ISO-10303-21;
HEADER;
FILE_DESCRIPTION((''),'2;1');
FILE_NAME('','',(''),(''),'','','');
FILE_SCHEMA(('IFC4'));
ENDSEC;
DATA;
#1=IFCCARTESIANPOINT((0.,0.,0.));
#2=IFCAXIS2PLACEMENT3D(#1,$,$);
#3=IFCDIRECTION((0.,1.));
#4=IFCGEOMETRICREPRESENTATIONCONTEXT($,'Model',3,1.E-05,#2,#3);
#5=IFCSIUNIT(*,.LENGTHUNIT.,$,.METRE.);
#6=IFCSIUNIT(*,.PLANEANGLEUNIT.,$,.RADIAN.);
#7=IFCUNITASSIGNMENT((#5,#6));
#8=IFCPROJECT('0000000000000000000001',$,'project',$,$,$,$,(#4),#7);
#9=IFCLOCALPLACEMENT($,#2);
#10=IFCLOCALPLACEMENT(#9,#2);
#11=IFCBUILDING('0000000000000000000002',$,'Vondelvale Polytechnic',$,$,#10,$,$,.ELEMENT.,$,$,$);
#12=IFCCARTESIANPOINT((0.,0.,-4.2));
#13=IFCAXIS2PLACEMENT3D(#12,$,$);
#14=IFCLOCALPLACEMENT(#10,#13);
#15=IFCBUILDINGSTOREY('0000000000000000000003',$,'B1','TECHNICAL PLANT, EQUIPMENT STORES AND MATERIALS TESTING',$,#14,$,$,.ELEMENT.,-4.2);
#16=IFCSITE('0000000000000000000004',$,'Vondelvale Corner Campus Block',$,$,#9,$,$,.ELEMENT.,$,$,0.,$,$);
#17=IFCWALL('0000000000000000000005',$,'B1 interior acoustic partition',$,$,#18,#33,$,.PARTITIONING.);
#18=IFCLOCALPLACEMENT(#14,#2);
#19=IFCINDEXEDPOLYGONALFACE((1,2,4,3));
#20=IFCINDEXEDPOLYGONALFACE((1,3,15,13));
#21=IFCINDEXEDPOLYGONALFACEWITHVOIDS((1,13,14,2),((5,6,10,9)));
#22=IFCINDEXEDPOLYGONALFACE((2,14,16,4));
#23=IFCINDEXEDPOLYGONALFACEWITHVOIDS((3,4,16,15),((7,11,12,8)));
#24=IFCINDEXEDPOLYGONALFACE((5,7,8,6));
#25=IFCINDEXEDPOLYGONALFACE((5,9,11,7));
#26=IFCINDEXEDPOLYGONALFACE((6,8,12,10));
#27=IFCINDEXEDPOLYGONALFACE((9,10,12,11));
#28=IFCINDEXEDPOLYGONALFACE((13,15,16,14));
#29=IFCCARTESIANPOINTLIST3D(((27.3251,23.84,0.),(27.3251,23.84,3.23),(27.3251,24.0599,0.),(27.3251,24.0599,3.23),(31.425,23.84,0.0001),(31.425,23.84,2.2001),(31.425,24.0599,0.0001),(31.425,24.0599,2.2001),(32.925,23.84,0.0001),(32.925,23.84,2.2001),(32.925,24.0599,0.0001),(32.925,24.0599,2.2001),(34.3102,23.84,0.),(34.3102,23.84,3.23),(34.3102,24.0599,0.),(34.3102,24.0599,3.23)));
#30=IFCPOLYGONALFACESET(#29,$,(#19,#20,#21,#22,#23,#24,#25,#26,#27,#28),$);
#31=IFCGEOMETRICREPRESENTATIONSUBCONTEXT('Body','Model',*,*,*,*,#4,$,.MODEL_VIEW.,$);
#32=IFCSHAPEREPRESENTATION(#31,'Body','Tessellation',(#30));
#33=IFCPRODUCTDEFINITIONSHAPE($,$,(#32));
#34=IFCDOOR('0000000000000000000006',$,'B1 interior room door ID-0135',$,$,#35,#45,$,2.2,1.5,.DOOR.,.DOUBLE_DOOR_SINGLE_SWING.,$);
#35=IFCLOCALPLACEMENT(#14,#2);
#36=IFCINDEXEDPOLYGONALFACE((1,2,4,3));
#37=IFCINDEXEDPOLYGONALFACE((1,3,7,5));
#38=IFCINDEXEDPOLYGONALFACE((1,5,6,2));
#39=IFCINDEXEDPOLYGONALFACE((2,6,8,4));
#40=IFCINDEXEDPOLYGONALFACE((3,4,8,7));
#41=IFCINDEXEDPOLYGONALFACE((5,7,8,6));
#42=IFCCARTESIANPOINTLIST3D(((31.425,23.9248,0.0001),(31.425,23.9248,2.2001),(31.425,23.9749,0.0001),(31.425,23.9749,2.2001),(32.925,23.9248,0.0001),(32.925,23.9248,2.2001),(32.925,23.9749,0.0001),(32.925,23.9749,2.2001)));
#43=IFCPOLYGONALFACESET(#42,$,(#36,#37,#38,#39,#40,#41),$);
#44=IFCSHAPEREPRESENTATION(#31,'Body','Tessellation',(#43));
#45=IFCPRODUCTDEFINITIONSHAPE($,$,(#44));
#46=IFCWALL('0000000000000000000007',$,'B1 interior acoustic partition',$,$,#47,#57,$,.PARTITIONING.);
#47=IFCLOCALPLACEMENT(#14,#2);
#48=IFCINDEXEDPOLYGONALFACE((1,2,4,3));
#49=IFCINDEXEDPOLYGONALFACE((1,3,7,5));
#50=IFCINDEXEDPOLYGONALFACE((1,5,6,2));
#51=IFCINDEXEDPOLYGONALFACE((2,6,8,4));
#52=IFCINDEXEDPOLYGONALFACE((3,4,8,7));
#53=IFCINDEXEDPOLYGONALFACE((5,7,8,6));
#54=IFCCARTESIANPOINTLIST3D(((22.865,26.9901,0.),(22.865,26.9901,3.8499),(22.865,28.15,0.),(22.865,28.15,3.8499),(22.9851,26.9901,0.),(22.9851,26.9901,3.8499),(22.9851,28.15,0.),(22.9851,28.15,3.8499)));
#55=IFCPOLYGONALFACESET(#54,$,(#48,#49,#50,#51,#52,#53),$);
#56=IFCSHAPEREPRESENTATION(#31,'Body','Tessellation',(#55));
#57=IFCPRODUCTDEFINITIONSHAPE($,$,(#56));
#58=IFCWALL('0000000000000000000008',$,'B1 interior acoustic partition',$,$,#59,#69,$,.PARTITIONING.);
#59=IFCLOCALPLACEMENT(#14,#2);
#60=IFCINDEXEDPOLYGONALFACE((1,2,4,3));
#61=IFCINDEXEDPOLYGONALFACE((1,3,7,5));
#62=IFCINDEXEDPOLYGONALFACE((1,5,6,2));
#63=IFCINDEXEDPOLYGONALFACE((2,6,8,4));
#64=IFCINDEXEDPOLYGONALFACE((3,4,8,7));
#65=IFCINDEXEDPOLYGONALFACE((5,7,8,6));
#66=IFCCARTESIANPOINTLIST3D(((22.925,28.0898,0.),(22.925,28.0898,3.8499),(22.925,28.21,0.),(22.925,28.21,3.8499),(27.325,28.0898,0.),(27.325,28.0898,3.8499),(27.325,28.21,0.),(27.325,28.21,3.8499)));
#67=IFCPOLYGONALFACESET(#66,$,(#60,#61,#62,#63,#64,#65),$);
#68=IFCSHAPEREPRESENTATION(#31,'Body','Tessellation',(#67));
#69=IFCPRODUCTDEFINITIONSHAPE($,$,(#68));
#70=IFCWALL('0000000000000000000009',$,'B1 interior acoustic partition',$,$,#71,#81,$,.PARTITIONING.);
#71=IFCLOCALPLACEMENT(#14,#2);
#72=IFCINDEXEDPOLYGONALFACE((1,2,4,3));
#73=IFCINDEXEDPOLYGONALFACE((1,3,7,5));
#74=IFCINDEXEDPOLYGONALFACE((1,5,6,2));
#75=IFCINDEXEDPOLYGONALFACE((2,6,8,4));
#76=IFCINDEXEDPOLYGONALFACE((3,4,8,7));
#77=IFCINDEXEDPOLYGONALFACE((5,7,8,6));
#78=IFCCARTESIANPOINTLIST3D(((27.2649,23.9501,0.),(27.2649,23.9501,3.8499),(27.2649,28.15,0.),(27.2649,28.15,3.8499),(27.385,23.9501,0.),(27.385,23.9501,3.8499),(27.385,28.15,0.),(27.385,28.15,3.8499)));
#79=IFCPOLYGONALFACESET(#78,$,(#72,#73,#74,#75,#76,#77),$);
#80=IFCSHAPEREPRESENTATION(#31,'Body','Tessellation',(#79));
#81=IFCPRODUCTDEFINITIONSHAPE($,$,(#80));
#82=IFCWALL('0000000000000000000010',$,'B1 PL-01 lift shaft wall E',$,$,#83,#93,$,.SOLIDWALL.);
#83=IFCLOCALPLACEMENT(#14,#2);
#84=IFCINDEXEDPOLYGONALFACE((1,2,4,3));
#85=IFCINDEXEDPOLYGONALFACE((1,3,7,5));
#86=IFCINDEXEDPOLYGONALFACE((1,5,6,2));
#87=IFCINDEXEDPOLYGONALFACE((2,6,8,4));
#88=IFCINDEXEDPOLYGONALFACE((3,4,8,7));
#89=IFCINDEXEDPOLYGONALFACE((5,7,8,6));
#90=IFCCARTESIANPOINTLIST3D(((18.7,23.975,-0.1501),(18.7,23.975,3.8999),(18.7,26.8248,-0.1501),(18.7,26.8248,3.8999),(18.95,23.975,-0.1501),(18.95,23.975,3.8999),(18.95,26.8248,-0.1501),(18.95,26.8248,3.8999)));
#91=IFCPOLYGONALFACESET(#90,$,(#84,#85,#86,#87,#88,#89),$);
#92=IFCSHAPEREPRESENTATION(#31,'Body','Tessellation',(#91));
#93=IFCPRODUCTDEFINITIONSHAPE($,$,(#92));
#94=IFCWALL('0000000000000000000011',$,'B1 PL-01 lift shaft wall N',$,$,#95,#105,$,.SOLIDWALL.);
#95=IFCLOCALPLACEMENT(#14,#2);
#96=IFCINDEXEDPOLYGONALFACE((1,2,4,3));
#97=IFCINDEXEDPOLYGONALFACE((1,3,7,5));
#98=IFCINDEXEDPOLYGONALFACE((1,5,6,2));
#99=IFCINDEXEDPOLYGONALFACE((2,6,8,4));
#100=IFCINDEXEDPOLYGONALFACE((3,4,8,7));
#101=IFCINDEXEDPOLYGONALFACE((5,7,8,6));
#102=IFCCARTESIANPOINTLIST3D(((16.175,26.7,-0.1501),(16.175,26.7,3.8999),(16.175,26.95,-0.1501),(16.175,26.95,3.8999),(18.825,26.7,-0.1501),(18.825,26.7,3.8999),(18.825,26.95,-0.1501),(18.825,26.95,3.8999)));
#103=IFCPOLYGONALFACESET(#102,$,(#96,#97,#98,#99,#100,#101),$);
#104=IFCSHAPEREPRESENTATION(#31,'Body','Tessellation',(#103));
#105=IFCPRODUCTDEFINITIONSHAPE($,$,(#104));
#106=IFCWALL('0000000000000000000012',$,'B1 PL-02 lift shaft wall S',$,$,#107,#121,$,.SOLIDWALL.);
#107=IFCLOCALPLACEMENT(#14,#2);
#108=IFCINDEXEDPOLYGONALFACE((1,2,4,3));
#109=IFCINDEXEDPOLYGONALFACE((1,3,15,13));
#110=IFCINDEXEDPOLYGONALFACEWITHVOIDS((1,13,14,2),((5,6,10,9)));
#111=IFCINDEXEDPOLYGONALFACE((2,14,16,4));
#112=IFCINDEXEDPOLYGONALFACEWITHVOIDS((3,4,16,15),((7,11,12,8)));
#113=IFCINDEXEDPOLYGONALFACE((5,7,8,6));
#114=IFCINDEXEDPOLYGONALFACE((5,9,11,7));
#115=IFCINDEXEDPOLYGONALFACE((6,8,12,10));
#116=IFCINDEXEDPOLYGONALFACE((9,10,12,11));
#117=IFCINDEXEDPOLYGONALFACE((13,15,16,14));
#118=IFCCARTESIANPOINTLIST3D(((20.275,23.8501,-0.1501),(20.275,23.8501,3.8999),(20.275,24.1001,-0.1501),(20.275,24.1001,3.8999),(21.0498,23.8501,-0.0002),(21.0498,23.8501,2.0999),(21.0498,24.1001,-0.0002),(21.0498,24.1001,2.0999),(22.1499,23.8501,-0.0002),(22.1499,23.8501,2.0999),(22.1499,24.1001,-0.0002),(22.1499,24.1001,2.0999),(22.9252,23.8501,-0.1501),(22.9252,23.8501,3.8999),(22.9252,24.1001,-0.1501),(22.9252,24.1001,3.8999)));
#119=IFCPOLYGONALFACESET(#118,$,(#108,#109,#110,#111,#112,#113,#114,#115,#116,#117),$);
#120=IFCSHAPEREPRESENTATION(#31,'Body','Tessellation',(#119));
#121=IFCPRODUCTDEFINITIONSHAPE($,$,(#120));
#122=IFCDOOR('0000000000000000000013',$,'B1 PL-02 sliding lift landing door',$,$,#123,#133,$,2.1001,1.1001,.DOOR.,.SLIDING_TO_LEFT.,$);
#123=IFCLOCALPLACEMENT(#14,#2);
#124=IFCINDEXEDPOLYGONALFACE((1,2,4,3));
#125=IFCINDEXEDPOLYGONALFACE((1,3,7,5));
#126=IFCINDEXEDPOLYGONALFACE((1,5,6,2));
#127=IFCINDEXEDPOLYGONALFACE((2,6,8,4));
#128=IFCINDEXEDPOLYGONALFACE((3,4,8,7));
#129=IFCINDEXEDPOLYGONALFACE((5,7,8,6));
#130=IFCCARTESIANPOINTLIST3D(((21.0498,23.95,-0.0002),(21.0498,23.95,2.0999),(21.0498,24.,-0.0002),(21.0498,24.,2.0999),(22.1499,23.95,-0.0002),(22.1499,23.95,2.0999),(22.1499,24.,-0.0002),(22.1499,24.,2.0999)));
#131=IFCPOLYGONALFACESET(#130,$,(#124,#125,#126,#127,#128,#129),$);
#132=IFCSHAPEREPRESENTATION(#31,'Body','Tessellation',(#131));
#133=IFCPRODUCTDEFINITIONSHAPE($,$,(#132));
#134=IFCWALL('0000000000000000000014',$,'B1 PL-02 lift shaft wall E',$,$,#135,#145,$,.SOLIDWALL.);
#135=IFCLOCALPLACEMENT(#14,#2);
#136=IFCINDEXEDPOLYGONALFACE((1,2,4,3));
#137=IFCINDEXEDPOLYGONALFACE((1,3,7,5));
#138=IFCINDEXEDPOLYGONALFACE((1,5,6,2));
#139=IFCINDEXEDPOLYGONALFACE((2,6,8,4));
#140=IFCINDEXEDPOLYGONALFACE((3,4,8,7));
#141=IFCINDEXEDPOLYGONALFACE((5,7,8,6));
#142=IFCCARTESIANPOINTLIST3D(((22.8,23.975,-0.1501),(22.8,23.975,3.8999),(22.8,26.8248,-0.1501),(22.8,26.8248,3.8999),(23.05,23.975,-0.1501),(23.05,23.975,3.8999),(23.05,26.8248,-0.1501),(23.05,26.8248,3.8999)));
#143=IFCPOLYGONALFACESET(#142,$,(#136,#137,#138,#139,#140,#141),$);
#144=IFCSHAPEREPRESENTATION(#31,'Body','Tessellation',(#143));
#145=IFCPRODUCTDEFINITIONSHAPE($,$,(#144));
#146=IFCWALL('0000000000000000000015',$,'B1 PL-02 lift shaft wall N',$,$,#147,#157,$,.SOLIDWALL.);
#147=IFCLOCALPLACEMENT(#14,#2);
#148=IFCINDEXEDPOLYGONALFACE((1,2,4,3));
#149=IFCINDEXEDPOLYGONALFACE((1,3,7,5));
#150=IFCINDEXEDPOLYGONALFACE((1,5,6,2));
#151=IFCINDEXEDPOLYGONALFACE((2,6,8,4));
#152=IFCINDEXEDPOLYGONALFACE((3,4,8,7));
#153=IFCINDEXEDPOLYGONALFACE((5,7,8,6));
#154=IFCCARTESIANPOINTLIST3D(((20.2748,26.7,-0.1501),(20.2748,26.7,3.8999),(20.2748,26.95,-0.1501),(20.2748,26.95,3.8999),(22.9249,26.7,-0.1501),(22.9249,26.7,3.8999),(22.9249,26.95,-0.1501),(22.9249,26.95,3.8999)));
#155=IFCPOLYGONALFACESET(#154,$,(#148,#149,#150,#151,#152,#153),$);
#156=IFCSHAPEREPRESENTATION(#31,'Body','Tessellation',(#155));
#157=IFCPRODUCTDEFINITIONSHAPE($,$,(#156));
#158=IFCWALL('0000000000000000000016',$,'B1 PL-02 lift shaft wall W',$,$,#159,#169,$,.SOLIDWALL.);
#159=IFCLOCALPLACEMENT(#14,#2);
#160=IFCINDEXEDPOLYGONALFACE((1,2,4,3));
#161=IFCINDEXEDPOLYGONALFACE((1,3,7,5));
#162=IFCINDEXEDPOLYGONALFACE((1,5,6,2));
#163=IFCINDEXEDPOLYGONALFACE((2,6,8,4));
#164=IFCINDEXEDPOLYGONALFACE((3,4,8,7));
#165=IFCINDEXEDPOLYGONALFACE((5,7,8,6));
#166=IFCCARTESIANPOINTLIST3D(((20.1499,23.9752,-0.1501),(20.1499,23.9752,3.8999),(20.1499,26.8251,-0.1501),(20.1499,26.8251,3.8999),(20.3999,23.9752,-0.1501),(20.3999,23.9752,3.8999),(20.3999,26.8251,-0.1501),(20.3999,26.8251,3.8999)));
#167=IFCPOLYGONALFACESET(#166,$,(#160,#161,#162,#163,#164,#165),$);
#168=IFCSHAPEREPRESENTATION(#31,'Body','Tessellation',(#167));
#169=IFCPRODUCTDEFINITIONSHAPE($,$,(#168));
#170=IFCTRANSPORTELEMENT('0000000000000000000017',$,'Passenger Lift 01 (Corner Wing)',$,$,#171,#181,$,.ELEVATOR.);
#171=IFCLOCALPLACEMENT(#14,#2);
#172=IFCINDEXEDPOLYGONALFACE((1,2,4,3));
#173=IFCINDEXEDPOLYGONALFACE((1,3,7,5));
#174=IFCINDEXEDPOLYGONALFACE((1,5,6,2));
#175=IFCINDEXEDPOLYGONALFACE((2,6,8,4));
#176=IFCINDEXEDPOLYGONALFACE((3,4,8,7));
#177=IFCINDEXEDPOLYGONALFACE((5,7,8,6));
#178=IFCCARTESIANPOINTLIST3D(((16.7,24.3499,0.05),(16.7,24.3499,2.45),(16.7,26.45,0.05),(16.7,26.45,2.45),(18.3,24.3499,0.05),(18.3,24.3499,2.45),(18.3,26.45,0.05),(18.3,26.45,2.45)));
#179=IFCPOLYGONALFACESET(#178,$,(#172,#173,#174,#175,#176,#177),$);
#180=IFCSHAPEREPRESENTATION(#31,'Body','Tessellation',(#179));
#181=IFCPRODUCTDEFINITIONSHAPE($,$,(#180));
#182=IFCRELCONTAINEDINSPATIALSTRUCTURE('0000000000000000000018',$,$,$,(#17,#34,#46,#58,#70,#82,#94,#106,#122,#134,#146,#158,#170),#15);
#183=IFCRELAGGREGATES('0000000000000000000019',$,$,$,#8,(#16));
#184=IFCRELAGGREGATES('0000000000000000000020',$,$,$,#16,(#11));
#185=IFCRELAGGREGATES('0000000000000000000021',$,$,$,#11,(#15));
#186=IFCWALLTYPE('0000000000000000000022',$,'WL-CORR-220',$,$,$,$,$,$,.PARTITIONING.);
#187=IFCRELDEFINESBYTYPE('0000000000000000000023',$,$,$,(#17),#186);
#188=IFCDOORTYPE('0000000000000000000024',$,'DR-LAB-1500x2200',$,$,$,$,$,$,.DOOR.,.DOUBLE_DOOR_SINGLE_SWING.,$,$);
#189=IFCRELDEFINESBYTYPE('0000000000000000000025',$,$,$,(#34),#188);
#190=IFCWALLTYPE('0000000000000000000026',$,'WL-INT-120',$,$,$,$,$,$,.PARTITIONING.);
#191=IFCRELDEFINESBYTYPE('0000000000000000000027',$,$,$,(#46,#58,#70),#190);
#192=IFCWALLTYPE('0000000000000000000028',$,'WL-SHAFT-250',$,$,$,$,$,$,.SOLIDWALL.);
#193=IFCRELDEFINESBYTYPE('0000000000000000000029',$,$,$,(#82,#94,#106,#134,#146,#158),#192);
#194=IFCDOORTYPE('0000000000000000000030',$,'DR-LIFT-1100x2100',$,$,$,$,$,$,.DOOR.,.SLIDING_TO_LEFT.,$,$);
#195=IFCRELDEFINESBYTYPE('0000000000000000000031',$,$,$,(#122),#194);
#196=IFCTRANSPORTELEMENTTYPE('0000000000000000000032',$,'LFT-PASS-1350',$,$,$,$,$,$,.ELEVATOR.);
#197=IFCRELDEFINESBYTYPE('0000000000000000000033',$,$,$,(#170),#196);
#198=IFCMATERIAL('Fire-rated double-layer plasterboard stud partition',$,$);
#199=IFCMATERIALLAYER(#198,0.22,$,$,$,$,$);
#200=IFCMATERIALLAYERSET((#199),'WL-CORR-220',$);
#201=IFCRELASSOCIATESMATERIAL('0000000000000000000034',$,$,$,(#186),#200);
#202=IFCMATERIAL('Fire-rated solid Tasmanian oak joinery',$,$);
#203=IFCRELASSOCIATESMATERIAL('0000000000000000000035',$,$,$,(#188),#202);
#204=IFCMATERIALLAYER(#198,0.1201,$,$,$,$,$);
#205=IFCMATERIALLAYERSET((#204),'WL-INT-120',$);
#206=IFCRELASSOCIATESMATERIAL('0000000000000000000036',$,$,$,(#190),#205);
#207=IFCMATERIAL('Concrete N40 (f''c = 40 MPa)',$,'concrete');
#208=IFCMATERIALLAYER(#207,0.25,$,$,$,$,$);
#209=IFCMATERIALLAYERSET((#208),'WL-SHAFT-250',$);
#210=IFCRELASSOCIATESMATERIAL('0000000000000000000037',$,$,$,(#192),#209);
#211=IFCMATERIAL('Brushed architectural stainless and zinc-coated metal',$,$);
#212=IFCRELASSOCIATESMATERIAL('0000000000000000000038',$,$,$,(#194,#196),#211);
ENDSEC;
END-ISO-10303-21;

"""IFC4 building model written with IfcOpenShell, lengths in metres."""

from ifc_helpers import new_model, si_unit, direction, frame, frame_2d, origin, origin_2d, place, context, subcontext, project, spatial, rectangle, extrude, material, layer, layer_set, type_object, element, fill, save


model = new_model("IFC4")

# Units and contexts
model_context = context("Model", 3, precision=1e-05, world=origin(), true_north=direction((0.0, 1.0)))
body_context = subcontext(model_context, "Body", "Model", "MODEL_VIEW")
ifc_project = project(units=[si_unit("LENGTHUNIT", "METRE"), si_unit("PLANEANGLEUNIT", "RADIAN")], contexts=[model_context])

# Site, building, storey
site_placement = place(None, origin())
site = spatial("IfcSite", under=ifc_project, at=site_placement, Name="Vondelvale Corner Campus Block", CompositionType="ELEMENT", RefElevation=0.0)
building_placement = place(site_placement, origin())
building = spatial("IfcBuilding", under=site, at=building_placement, Name="Vondelvale Polytechnic", CompositionType="ELEMENT")
storey_placement = place(building_placement, frame((0.0, 0.0, -4.2)))
storey = spatial("IfcBuildingStorey", under=building, at=storey_placement, Name="B1", Description="TECHNICAL PLANT, EQUIPMENT STORES AND MATERIALS TESTING", CompositionType="ELEMENT", Elevation=-4.2)

# Shared definitions
ifc_material_1 = material(Name="Concrete N40 (f'c = 40 MPa)", Category="concrete")

# Wall, opening, door
ifc_material_2 = material(Name="Fire-rated double-layer plasterboard stud partition")
ifc_layer_1 = layer(ifc_material_2, 0.22)
ifc_layer_set_1 = layer_set([ifc_layer_1], Name="WL-CORR-220")
wall_type_1 = type_object("IfcWallType", Name="WL-CORR-220", PredefinedType="PARTITIONING", material=ifc_layer_set_1)
ifc_material_3 = material(Name="Fire-rated solid Tasmanian oak joinery")
wall_1_placement = place(storey_placement, frame((27.325, 23.95, 0.0), z_axis=(0.0, 0.0, 1.0), x_axis=(1.0, 0.0, 0.0)))
wall_1 = element("IfcWall", 1, at=wall_1_placement, inside=storey, type_object=wall_type_1, Name="B1 interior acoustic partition", PredefinedType="PARTITIONING", context=body_context, shape_type="SweptSolid", body=[
    extrude(rectangle(XDim=6.9851, YDim=0.22, at=frame_2d((3.4927, 0.0))), origin(), (0.0, 0.0, 1.0), 3.23),
])
opening_1_placement = place(wall_1_placement, frame((4.1001, 0.0, 0.0)))
opening_1 = element("IfcOpeningElement", 2, at=opening_1_placement, cuts=wall_1, PredefinedType="OPENING", context=body_context, shape_type="SweptSolid", body=[
    extrude(rectangle(XDim=1.5, YDim=2.2, at=frame_2d((0.75, 1.1001))), frame((0.0, 0.1199, 0.0), z_axis=(0.0, -1.0, 0.0), x_axis=(1.0, 0.0, 0.0)), (0.0, 0.0, 1.0), 0.24),
])
door_type_1 = type_object("IfcDoorType", Name="DR-LAB-1500x2200", OperationType="DOUBLE_DOOR_SINGLE_SWING", PredefinedType="DOOR", material=ifc_material_3)
door_1_placement = place(opening_1_placement, origin())
door_1 = element("IfcDoor", 3, at=door_1_placement, inside=storey, type_object=door_type_1, Name="B1 interior room door ID-0135", OperationType="DOUBLE_DOOR_SINGLE_SWING", OverallHeight=2.2, OverallWidth=1.5, PredefinedType="DOOR", context=body_context, shape_type="SweptSolid", body=[
    extrude(rectangle(XDim=1.5, YDim=2.2, at=frame_2d((0.75, 1.1001))), frame((0.0, 0.0249, 0.0), z_axis=(0.0, -1.0, 0.0), x_axis=(1.0, 0.0, 0.0)), (0.0, 0.0, 1.0), 0.05),
])
fill(opening_1, door_1)

# Walls
ifc_layer_2 = layer(ifc_material_2, 0.1201)
ifc_layer_set_2 = layer_set([ifc_layer_2], Name="WL-INT-120")
wall_type_2 = type_object("IfcWallType", Name="WL-INT-120", PredefinedType="PARTITIONING", material=ifc_layer_set_2)
wall_2_placement = place(storey_placement, frame((22.925, 26.99, 0.0), z_axis=(0.0, 0.0, 1.0), x_axis=(0.0, 1.0, 0.0)))
element("IfcWall", 4, at=wall_2_placement, inside=storey, type_object=wall_type_2, Name="B1 interior acoustic partition", PredefinedType="PARTITIONING", context=body_context, shape_type="SweptSolid", body=[
    extrude(rectangle(XDim=1.1599, YDim=0.1201, at=frame_2d((0.5801, 0.0))), origin(), (0.0, 0.0, 1.0), 3.8499),
])
wall_3_placement = place(storey_placement, frame((22.925, 28.1499, 0.0), z_axis=(0.0, 0.0, 1.0), x_axis=(1.0, 0.0, 0.0)))
element("IfcWall", 5, at=wall_3_placement, inside=storey, type_object=wall_type_2, Name="B1 interior acoustic partition", PredefinedType="PARTITIONING", context=body_context, shape_type="SweptSolid", body=[
    extrude(rectangle(XDim=4.3999, YDim=0.1201, at=frame_2d((2.2, 0.0))), origin(), (0.0, 0.0, 1.0), 3.8499),
])
wall_4_placement = place(storey_placement, frame((27.325, 23.95, 0.0), z_axis=(0.0, 0.0, 1.0), x_axis=(0.0, 1.0, 0.0)))
element("IfcWall", 6, at=wall_4_placement, inside=storey, type_object=wall_type_2, Name="B1 interior acoustic partition", PredefinedType="PARTITIONING", context=body_context, shape_type="SweptSolid", body=[
    extrude(rectangle(XDim=4.2, YDim=0.1201, at=frame_2d((2.1001, 0.0))), origin(), (0.0, 0.0, 1.0), 3.8499),
])
ifc_layer_3 = layer(ifc_material_1, 0.25)
ifc_layer_set_3 = layer_set([ifc_layer_3], Name="WL-SHAFT-250")
wall_type_3 = type_object("IfcWallType", Name="WL-SHAFT-250", PredefinedType="SOLIDWALL", material=ifc_layer_set_3)
wall_5_placement = place(storey_placement, frame((18.825, 23.9751, -0.1501), z_axis=(0.0, 0.0, 1.0), x_axis=(0.0, 1.0, 0.0)))
element("IfcWall", 7, at=wall_5_placement, inside=storey, type_object=wall_type_3, Name="B1 PL-01 lift shaft wall E", PredefinedType="SOLIDWALL", context=body_context, shape_type="SweptSolid", body=[
    extrude(rectangle(XDim=2.8499, YDim=0.25, at=frame_2d((1.4248, 0.0))), origin(), (0.0, 0.0, 1.0), 4.05),
])
wall_6_placement = place(storey_placement, frame((18.825, 26.825, -0.1501), z_axis=(0.0, 0.0, 1.0), x_axis=(-1.0, 0.0, 0.0)))
element("IfcWall", 8, at=wall_6_placement, inside=storey, type_object=wall_type_3, Name="B1 PL-01 lift shaft wall N", PredefinedType="SOLIDWALL", context=body_context, shape_type="SweptSolid", body=[
    extrude(rectangle(XDim=2.6499, YDim=0.25, at=frame_2d((1.325, 0.0))), origin(), (0.0, 0.0, 1.0), 4.05),
])

# Wall, opening, door
wall_7_placement = place(storey_placement, frame((20.2749, 23.9751, -0.1501), z_axis=(0.0, 0.0, 1.0), x_axis=(1.0, 0.0, 0.0)))
wall_7 = element("IfcWall", 9, at=wall_7_placement, inside=storey, type_object=wall_type_3, Name="B1 PL-02 lift shaft wall S", PredefinedType="SOLIDWALL", context=body_context, shape_type="SweptSolid", body=[
    extrude(rectangle(XDim=2.6501, YDim=0.25, at=frame_2d((1.3252, 0.0))), origin(), (0.0, 0.0, 1.0), 4.05),
])
opening_2_placement = place(wall_7_placement, frame((0.7749, 0.0, 0.1499)))
opening_2 = element("IfcOpeningElement", 10, at=opening_2_placement, cuts=wall_7, PredefinedType="OPENING", context=body_context, shape_type="SweptSolid", body=[
    extrude(rectangle(XDim=1.1001, YDim=2.1001, at=frame_2d((0.55, 1.05))), frame((0.0, 0.135, 0.0), z_axis=(0.0, -1.0, 0.0), x_axis=(1.0, 0.0, 0.0)), (0.0, 0.0, 1.0), 0.27),
])
ifc_material_4 = material(Name="Brushed architectural stainless and zinc-coated metal")
door_type_2 = type_object("IfcDoorType", Name="DR-LIFT-1100x2100", OperationType="SLIDING_TO_LEFT", PredefinedType="DOOR", material=ifc_material_4)
door_2_placement = place(opening_2_placement, origin())
door_2 = element("IfcDoor", 11, at=door_2_placement, inside=storey, type_object=door_type_2, Name="B1 PL-02 sliding lift landing door", OperationType="SLIDING_TO_LEFT", OverallHeight=2.1001, OverallWidth=1.1001, PredefinedType="DOOR", context=body_context, shape_type="SweptSolid", body=[
    extrude(rectangle(XDim=1.1001, YDim=2.1001, at=frame_2d((0.55, 1.05))), frame((0.0, 0.0249, 0.0), z_axis=(0.0, -1.0, 0.0), x_axis=(1.0, 0.0, 0.0)), (0.0, 0.0, 1.0), 0.05),
])
fill(opening_2, door_2)

# Walls
wall_8_placement = place(storey_placement, frame((22.925, 23.9751, -0.1501), z_axis=(0.0, 0.0, 1.0), x_axis=(0.0, 1.0, 0.0)))
element("IfcWall", 12, at=wall_8_placement, inside=storey, type_object=wall_type_3, Name="B1 PL-02 lift shaft wall E", PredefinedType="SOLIDWALL", context=body_context, shape_type="SweptSolid", body=[
    extrude(rectangle(XDim=2.8499, YDim=0.25, at=frame_2d((1.4248, 0.0))), origin(), (0.0, 0.0, 1.0), 4.05),
])
wall_9_placement = place(storey_placement, frame((22.925, 26.825, -0.1501), z_axis=(0.0, 0.0, 1.0), x_axis=(-1.0, 0.0, 0.0)))
element("IfcWall", 13, at=wall_9_placement, inside=storey, type_object=wall_type_3, Name="B1 PL-02 lift shaft wall N", PredefinedType="SOLIDWALL", context=body_context, shape_type="SweptSolid", body=[
    extrude(rectangle(XDim=2.6501, YDim=0.25, at=frame_2d((1.3252, 0.0))), origin(), (0.0, 0.0, 1.0), 4.05),
])
wall_10_placement = place(storey_placement, frame((20.2749, 26.825, -0.1501), z_axis=(0.0, 0.0, 1.0), x_axis=(0.0, -1.0, 0.0)))
element("IfcWall", 14, at=wall_10_placement, inside=storey, type_object=wall_type_3, Name="B1 PL-02 lift shaft wall W", PredefinedType="SOLIDWALL", context=body_context, shape_type="SweptSolid", body=[
    extrude(rectangle(XDim=2.8499, YDim=0.25, at=frame_2d((1.4248, 0.0))), origin(), (0.0, 0.0, 1.0), 4.05),
])

# Transport element
transport_element_type = type_object("IfcTransportElementType", Name="LFT-PASS-1350", PredefinedType="ELEVATOR", material=ifc_material_4)
for number, where, z_axis, x_axis, name in (
    (15, (17.5, 25.3999, 0.05), (0.0, 0.0, 1.0), (1.0, 0.0, 0.0), "Passenger Lift 01 (Corner Wing)"),
):
    element("IfcTransportElement", number, at=place(storey_placement, frame(where, z_axis=z_axis, x_axis=x_axis)), inside=storey, type_object=transport_element_type, Name=name, PredefinedType="ELEVATOR", context=body_context, shape_type="SweptSolid", body=[
        extrude(rectangle(XDim=1.6001, YDim=2.1001, at=origin_2d()), origin(), (0.0, 0.0, 1.0), 2.3999),
    ])

save(model, "model.ifc")
